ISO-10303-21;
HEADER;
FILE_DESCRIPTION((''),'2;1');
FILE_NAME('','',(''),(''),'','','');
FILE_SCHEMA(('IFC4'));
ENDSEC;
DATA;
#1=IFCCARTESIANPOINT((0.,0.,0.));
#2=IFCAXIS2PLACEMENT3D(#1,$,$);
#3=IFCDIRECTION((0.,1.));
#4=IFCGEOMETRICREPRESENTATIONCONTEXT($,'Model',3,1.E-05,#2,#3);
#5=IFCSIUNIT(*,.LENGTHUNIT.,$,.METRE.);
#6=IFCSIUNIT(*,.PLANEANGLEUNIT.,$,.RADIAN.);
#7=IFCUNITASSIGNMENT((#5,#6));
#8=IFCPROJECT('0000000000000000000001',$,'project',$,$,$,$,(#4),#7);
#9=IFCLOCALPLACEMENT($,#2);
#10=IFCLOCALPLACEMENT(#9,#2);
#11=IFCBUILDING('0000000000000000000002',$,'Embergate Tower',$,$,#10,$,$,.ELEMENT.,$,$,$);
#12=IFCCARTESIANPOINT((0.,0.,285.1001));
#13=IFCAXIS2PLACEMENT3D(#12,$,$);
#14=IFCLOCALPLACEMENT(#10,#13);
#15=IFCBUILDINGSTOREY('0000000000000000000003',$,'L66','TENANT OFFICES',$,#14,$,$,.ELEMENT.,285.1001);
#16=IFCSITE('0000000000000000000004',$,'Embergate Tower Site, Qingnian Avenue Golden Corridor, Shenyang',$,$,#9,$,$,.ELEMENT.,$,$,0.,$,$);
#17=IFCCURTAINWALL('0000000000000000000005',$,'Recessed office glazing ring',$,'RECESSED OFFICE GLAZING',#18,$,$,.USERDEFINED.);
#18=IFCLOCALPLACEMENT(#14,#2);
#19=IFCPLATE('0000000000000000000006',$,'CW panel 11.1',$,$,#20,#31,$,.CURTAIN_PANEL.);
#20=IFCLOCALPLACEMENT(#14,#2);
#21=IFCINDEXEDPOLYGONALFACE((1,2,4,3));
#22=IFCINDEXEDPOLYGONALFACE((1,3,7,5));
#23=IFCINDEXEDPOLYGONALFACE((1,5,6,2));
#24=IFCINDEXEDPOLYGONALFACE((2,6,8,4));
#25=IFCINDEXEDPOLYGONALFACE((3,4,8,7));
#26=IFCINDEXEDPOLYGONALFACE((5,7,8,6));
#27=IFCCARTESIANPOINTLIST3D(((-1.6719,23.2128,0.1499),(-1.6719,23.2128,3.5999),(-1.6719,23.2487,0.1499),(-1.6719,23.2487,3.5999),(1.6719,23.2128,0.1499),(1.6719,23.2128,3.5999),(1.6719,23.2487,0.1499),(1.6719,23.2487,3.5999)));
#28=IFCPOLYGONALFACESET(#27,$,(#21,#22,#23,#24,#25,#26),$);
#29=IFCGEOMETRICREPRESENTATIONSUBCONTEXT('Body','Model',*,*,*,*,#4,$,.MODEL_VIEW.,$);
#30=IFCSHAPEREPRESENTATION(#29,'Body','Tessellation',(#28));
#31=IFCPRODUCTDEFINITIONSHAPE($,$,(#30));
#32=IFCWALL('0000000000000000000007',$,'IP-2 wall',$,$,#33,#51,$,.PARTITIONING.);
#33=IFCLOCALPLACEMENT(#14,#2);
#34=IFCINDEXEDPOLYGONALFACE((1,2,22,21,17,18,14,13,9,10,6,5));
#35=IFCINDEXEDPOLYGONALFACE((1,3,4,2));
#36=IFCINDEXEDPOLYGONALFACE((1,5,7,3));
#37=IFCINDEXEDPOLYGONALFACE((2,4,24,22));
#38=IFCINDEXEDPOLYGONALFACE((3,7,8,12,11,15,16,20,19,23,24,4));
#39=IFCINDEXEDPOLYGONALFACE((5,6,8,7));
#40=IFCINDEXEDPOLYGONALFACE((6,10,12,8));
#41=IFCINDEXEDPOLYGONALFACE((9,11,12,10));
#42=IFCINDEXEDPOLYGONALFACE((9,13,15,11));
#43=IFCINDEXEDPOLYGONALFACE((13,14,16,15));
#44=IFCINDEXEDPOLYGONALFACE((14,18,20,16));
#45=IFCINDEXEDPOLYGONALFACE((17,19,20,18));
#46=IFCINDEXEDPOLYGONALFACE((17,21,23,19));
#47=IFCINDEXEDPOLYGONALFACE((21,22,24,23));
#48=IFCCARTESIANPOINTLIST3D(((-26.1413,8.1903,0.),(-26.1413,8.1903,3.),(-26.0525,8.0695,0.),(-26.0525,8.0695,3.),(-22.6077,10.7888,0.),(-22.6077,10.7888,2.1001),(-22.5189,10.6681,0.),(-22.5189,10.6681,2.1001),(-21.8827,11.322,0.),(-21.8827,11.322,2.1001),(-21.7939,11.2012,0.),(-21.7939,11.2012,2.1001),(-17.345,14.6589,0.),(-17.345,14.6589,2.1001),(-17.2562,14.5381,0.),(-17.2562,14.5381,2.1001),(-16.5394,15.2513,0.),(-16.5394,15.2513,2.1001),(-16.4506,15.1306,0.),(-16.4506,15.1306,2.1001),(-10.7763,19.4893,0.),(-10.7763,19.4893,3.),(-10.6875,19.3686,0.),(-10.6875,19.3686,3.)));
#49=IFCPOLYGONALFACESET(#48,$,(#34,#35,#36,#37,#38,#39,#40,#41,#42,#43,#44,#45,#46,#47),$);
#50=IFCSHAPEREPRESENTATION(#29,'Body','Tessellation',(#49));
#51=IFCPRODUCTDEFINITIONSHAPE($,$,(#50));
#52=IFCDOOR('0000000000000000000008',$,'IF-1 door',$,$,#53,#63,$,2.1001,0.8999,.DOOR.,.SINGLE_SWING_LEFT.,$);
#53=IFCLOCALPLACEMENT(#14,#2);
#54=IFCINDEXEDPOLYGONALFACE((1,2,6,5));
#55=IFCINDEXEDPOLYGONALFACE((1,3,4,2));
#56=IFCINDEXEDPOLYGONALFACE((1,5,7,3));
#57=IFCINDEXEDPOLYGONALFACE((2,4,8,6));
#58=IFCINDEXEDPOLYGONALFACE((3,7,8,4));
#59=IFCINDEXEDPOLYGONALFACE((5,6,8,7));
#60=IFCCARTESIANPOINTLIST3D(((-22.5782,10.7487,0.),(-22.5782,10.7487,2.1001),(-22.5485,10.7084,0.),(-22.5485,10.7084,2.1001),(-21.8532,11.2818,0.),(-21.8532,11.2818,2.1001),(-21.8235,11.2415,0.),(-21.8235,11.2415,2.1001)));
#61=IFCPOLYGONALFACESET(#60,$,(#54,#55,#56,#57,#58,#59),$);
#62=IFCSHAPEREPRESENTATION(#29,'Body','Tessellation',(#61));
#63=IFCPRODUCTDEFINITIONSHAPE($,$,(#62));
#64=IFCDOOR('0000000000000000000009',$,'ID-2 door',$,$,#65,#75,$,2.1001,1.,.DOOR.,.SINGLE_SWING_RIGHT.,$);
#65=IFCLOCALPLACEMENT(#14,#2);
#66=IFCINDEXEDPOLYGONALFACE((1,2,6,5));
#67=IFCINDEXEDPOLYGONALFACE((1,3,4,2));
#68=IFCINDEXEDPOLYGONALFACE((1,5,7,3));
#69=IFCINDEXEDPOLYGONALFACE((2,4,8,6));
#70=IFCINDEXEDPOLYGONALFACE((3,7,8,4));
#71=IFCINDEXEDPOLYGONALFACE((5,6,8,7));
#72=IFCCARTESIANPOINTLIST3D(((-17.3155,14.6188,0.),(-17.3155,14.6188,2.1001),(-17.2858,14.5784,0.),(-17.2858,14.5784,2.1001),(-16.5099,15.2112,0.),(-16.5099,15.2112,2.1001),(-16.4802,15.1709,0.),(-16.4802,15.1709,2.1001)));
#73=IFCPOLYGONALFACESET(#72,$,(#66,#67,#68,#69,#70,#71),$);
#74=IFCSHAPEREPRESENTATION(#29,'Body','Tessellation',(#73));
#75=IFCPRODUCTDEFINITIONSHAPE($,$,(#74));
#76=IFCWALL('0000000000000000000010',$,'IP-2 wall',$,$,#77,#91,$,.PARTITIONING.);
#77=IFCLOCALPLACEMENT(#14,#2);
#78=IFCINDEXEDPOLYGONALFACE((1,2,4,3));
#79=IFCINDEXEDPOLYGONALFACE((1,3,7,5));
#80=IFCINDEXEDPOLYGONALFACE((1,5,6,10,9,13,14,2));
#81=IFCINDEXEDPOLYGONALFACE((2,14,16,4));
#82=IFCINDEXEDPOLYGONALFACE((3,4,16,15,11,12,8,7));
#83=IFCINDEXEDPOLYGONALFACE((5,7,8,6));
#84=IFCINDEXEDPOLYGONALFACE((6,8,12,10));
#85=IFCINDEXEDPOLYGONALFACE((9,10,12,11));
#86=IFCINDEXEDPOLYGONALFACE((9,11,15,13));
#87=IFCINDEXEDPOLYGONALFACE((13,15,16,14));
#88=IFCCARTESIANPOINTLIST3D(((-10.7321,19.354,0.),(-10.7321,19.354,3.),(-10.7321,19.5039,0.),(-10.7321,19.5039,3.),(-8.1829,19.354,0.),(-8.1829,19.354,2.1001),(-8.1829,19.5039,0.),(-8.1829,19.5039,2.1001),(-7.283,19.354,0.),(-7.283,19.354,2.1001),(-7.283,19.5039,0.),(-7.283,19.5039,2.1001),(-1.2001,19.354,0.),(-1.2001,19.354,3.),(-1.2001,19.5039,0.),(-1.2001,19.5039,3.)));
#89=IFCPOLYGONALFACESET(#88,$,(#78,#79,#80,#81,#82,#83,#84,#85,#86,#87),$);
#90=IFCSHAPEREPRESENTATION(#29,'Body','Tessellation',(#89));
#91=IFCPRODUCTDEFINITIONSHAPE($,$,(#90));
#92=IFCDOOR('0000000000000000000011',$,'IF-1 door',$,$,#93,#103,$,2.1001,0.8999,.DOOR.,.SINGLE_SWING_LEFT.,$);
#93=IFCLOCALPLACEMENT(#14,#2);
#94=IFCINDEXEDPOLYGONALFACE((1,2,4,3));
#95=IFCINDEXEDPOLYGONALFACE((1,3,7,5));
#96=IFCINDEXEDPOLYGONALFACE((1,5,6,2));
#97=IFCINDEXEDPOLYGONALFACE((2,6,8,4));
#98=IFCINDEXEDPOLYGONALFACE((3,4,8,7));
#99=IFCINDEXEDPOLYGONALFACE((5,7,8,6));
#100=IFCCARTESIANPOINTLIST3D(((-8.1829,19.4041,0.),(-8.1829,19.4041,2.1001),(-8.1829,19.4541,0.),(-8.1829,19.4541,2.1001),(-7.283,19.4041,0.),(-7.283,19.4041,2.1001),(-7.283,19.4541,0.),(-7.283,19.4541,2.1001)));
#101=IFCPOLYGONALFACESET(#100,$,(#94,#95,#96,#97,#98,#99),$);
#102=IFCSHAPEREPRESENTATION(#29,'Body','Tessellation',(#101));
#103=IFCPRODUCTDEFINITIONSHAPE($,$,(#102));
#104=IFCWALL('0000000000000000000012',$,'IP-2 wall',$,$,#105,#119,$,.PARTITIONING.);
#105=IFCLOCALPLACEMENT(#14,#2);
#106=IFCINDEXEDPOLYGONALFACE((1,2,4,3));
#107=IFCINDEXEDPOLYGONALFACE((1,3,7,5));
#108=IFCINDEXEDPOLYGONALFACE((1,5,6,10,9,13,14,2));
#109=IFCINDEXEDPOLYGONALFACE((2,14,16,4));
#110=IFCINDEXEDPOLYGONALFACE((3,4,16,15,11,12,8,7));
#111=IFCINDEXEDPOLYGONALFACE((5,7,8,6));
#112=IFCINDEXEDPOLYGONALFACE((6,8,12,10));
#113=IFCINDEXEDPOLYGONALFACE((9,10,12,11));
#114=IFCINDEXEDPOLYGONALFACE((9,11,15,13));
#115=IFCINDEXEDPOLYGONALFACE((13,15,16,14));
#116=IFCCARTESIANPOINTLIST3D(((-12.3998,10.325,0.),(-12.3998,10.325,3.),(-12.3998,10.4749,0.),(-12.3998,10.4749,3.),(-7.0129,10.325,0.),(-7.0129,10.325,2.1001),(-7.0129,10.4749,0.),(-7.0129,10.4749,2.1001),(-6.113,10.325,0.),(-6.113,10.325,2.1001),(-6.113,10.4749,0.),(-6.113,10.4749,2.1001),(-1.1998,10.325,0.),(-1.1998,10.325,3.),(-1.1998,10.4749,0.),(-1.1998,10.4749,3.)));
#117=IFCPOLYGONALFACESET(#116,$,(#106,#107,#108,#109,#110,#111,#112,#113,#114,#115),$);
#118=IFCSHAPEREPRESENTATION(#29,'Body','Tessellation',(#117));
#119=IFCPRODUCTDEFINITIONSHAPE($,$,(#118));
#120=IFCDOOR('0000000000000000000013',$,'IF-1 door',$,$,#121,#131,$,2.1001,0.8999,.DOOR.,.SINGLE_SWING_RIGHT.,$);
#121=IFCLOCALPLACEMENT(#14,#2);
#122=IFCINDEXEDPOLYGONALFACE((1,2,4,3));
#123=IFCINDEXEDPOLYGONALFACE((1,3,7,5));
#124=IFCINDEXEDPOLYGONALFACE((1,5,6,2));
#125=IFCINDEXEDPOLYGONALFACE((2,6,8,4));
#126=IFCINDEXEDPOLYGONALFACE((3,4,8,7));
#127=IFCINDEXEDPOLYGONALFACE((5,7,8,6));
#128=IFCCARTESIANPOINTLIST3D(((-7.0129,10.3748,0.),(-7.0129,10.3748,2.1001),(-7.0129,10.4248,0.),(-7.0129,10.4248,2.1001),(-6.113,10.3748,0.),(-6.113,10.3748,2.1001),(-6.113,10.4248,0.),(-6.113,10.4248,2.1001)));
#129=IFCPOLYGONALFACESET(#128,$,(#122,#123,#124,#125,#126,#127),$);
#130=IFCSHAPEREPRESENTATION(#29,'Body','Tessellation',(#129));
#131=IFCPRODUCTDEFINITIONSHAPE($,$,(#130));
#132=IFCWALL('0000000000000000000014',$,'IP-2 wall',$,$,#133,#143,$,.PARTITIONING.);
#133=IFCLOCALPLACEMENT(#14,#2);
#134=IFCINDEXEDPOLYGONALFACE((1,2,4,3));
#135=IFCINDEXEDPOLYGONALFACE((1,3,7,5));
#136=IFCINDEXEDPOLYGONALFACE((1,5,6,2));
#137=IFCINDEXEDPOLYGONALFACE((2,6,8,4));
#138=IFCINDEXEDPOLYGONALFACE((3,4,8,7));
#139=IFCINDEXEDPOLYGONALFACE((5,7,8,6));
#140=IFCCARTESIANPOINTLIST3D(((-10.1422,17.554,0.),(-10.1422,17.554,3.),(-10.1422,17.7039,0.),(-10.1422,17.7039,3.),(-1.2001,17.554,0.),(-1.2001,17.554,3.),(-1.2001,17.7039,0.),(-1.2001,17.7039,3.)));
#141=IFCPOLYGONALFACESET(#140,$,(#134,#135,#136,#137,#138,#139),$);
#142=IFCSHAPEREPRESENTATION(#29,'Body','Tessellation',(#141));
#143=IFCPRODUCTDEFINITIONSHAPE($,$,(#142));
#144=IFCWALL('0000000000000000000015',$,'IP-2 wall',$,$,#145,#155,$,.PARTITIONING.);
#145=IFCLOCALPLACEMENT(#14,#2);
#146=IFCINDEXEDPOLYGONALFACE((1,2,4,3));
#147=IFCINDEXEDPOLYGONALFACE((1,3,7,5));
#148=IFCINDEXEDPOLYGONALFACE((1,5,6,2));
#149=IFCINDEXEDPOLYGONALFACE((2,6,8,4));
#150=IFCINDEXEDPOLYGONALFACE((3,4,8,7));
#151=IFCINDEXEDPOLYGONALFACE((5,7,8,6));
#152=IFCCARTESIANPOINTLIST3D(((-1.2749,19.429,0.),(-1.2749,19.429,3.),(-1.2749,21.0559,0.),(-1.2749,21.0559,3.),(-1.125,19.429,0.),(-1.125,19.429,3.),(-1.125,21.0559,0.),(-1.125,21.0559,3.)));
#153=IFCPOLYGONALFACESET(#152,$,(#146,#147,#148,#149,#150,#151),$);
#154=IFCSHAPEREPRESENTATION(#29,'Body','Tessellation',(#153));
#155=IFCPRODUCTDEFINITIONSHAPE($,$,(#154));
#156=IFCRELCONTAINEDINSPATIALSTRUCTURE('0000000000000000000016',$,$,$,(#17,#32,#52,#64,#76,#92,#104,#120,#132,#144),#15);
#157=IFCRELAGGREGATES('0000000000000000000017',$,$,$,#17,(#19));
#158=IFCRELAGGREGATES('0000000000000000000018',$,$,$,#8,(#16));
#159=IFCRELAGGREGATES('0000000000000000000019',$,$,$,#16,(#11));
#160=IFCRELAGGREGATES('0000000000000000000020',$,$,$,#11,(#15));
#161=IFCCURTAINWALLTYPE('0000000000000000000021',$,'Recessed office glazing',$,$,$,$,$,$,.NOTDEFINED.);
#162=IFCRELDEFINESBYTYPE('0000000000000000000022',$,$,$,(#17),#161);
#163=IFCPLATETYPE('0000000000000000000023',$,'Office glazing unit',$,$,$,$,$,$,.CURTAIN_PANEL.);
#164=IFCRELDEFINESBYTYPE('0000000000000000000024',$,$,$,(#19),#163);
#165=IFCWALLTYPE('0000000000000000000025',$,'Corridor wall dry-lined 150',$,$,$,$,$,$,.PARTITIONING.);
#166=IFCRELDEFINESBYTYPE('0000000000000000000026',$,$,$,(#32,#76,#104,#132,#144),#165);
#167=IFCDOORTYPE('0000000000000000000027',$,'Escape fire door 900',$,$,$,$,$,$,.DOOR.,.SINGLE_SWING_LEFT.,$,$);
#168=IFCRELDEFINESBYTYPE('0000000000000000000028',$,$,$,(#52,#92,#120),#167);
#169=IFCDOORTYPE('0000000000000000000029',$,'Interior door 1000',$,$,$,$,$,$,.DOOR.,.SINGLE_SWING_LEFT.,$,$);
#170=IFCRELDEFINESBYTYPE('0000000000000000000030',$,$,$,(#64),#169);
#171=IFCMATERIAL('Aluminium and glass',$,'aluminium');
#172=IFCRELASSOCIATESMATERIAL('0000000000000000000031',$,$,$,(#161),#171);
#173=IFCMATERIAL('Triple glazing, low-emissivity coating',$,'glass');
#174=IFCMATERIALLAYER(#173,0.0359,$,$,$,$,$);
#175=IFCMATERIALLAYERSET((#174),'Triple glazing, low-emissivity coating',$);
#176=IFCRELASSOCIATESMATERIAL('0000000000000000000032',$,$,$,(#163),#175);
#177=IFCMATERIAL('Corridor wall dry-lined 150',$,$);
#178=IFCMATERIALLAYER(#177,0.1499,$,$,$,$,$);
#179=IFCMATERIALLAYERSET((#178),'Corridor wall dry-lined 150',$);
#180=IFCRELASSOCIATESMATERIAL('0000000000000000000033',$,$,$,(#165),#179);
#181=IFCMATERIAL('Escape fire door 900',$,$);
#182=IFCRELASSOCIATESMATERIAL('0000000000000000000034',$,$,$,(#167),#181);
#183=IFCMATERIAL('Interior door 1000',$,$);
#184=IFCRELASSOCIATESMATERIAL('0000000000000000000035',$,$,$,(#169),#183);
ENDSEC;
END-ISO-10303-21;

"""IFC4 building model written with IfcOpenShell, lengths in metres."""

from ifc_helpers import new_model, si_unit, direction, frame, frame_2d, origin, origin_2d, place, context, subcontext, project, spatial, rectangle, extrude, source, transform, mapped, material, layer, layer_set, type_object, element, fill, aggregate, save


model = new_model("IFC4")

# Units and contexts
model_context = context("Model", 3, precision=1e-05, world=origin(), true_north=direction((0.0, 1.0)))
body_context = subcontext(model_context, "Body", "Model", "MODEL_VIEW")
ifc_project = project(units=[si_unit("LENGTHUNIT", "METRE"), si_unit("PLANEANGLEUNIT", "RADIAN")], contexts=[model_context])

# Site, building, storey
site_placement = place(None, origin())
site = spatial("IfcSite", under=ifc_project, at=site_placement, Name="Embergate Tower Site, Qingnian Avenue Golden Corridor, Shenyang", CompositionType="ELEMENT", RefElevation=0.0)
building_placement = place(site_placement, origin())
building = spatial("IfcBuilding", under=site, at=building_placement, Name="Embergate Tower", CompositionType="ELEMENT")
storey_placement = place(building_placement, frame((0.0, 0.0, 285.1001)))
storey = spatial("IfcBuildingStorey", under=building, at=storey_placement, Name="L66", Description="TENANT OFFICES", CompositionType="ELEMENT", Elevation=285.1001)

# Curtain wall, plate
ifc_material_1 = material(Name="Aluminium and glass", Category="aluminium")
curtain_wall_type = type_object("IfcCurtainWallType", Name="Recessed office glazing", PredefinedType="NOTDEFINED", material=ifc_material_1)
curtain_wall_placement = place(storey_placement, origin())
curtain_wall = element("IfcCurtainWall", 1, at=curtain_wall_placement, inside=storey, type_object=curtain_wall_type, Name="Recessed office glazing ring", ObjectType="RECESSED OFFICE GLAZING", PredefinedType="USERDEFINED")
ifc_material_2 = material(Name="Triple glazing, low-emissivity coating", Category="glass")
ifc_layer_1 = layer(ifc_material_2, 0.0359)
ifc_layer_set_1 = layer_set([ifc_layer_1], Name="Triple glazing, low-emissivity coating")
plate_type = type_object("IfcPlateType", Name="Office glazing unit", PredefinedType="CURTAIN_PANEL", material=ifc_layer_set_1)
shared_shape_1 = source(origin(), body_context, "Body", "SweptSolid", [
    extrude(rectangle(XDim=3.3438, YDim=0.0359, at=origin_2d()), origin(), (0.0, 0.0, 1.0), 3.45),
])
plate_1_placement = place(storey_placement, frame((0.0, 23.2307, 0.1499), z_axis=(0.0, 0.0, 1.0), x_axis=(-1.0, 0.0, 0.0)))
plate_1 = element("IfcPlate", 2, at=plate_1_placement, type_object=plate_type, Name="CW panel 11.1", PredefinedType="CURTAIN_PANEL", context=body_context, shape_type="MappedRepresentation", body=[
    mapped(shared_shape_1, transform((0.0, 0.0, 0.0))),
])
aggregate(curtain_wall, [plate_1])

# Wall, openings, doors
ifc_material_3 = material(Name="Corridor wall dry-lined 150")
ifc_layer_2 = layer(ifc_material_3, 0.1499)
ifc_layer_set_2 = layer_set([ifc_layer_2], Name="Corridor wall dry-lined 150")
wall_type_1 = type_object("IfcWallType", Name="Corridor wall dry-lined 150", PredefinedType="PARTITIONING", material=ifc_layer_set_2)
shared_shape_2 = source(origin(), body_context, "Body", "SweptSolid", [
    extrude(rectangle(XDim=19.0723, YDim=0.1499, at=frame_2d((9.5361, 0.0))), origin(), (0.0, 0.0, 1.0), 3.0),
])
wall_1_placement = place(storey_placement, frame((-10.7319, 19.429, 0.0), z_axis=(0.0, 0.0, 1.0), x_axis=(-0.805619, -0.592434, 0.0)))
wall_1 = element("IfcWall", 3, at=wall_1_placement, inside=storey, type_object=wall_type_1, Name="IP-2 wall", PredefinedType="PARTITIONING", context=body_context, shape_type="MappedRepresentation", body=[
    mapped(shared_shape_2, transform((0.0, 0.0, 0.0))),
])
shared_shape_3 = source(origin(), body_context, "Body", "SweptSolid", [
    extrude(rectangle(XDim=1.0, YDim=2.1001, at=frame_2d((0.5, 1.05))), frame((0.0, 0.085, 0.0), z_axis=(0.0, -1.0, 0.0), x_axis=(1.0, 0.0, 0.0)), (0.0, 0.0, 1.0), 0.1699),
])
opening_1_placement = place(wall_1_placement, frame((7.1536, 0.0, 0.0)))
opening_1 = element("IfcOpeningElement", 4, at=opening_1_placement, cuts=wall_1, PredefinedType="OPENING", context=body_context, shape_type="MappedRepresentation", body=[
    mapped(shared_shape_3, transform((0.0, 0.0, 0.0))),
])
shared_shape_4 = source(origin(), body_context, "Body", "SweptSolid", [
    extrude(rectangle(XDim=0.8999, YDim=2.1001, at=frame_2d((0.45, 1.05))), frame((0.0, 0.085, 0.0), z_axis=(0.0, -1.0, 0.0), x_axis=(1.0, 0.0, 0.0)), (0.0, 0.0, 1.0), 0.1699),
])
opening_2_placement = place(wall_1_placement, frame((13.7861, 0.0, 0.0)))
opening_2 = element("IfcOpeningElement", 5, at=opening_2_placement, cuts=wall_1, PredefinedType="OPENING", context=body_context, shape_type="MappedRepresentation", body=[
    mapped(shared_shape_4, transform((0.0, 0.0, 0.0))),
])
ifc_material_4 = material(Name="Escape fire door 900")
door_type_1 = type_object("IfcDoorType", Name="Escape fire door 900", OperationType="SINGLE_SWING_LEFT", PredefinedType="DOOR", material=ifc_material_4)
shared_shape_5 = source(origin(), body_context, "Body", "SweptSolid", [
    extrude(rectangle(XDim=0.8999, YDim=2.1001, at=frame_2d((0.45, 1.05))), frame((0.0, 0.0249, 0.0), z_axis=(0.0, -1.0, 0.0), x_axis=(1.0, 0.0, 0.0)), (0.0, 0.0, 1.0), 0.05),
])
door_1_placement = place(opening_2_placement, origin())
door_1 = element("IfcDoor", 6, at=door_1_placement, inside=storey, type_object=door_type_1, Name="IF-1 door", OperationType="SINGLE_SWING_LEFT", OverallHeight=2.1001, OverallWidth=0.8999, PredefinedType="DOOR", context=body_context, shape_type="MappedRepresentation", body=[
    mapped(shared_shape_5, transform((0.0, 0.0, 0.0))),
])
fill(opening_2, door_1)
ifc_material_5 = material(Name="Interior door 1000")
door_type_2 = type_object("IfcDoorType", Name="Interior door 1000", OperationType="SINGLE_SWING_LEFT", PredefinedType="DOOR", material=ifc_material_5)
shared_shape_6 = source(origin(), body_context, "Body", "SweptSolid", [
    extrude(rectangle(XDim=1.0, YDim=2.1001, at=frame_2d((0.5, 1.05))), frame((0.0, 0.0249, 0.0), z_axis=(0.0, -1.0, 0.0), x_axis=(1.0, 0.0, 0.0)), (0.0, 0.0, 1.0), 0.05),
])
door_2_placement = place(opening_1_placement, origin())
door_2 = element("IfcDoor", 7, at=door_2_placement, inside=storey, type_object=door_type_2, Name="ID-2 door", OperationType="SINGLE_SWING_RIGHT", OverallHeight=2.1001, OverallWidth=1.0, PredefinedType="DOOR", context=body_context, shape_type="MappedRepresentation", body=[
    mapped(shared_shape_6, transform((0.0, 0.0, 0.0))),
])
fill(opening_1, door_2)

# Walls, openings, doors
shared_shape_7 = source(origin(), body_context, "Body", "SweptSolid", [
    extrude(rectangle(XDim=9.532, YDim=0.1499, at=frame_2d((4.7661, 0.0))), origin(), (0.0, 0.0, 1.0), 3.0),
])
wall_2_placement = place(storey_placement, frame((-1.2, 19.429, 0.0), z_axis=(0.0, 0.0, 1.0), x_axis=(-1.0, 0.0, 0.0)))
wall_2 = element("IfcWall", 8, at=wall_2_placement, inside=storey, type_object=wall_type_1, Name="IP-2 wall", PredefinedType="PARTITIONING", context=body_context, shape_type="MappedRepresentation", body=[
    mapped(shared_shape_7, transform((0.0, 0.0, 0.0))),
])
opening_3_placement = place(wall_2_placement, frame((6.083, 0.0, 0.0)))
opening_3 = element("IfcOpeningElement", 9, at=opening_3_placement, cuts=wall_2, PredefinedType="OPENING", context=body_context, shape_type="MappedRepresentation", body=[
    mapped(shared_shape_4, transform((0.0, 0.0, 0.0))),
])
door_3_placement = place(opening_3_placement, origin())
door_3 = element("IfcDoor", 10, at=door_3_placement, inside=storey, type_object=door_type_1, Name="IF-1 door", OperationType="SINGLE_SWING_LEFT", OverallHeight=2.1001, OverallWidth=0.8999, PredefinedType="DOOR", context=body_context, shape_type="MappedRepresentation", body=[
    mapped(shared_shape_5, transform((0.0, 0.0, 0.0))),
])
fill(opening_3, door_3)
shared_shape_8 = source(origin(), body_context, "Body", "SweptSolid", [
    extrude(rectangle(XDim=11.2, YDim=0.1499, at=frame_2d((5.6001, 0.0))), origin(), (0.0, 0.0, 1.0), 3.0),
])
wall_3_placement = place(storey_placement, frame((-12.3999, 10.3999, 0.0), z_axis=(0.0, 0.0, 1.0), x_axis=(1.0, 0.0, 0.0)))
wall_3 = element("IfcWall", 11, at=wall_3_placement, inside=storey, type_object=wall_type_1, Name="IP-2 wall", PredefinedType="PARTITIONING", context=body_context, shape_type="MappedRepresentation", body=[
    mapped(shared_shape_8, transform((0.0, 0.0, 0.0))),
])
opening_4_placement = place(wall_3_placement, frame((5.387, 0.0, 0.0)))
opening_4 = element("IfcOpeningElement", 12, at=opening_4_placement, cuts=wall_3, PredefinedType="OPENING", context=body_context, shape_type="MappedRepresentation", body=[
    mapped(shared_shape_4, transform((0.0, 0.0, 0.0))),
])
door_4_placement = place(opening_4_placement, origin())
door_4 = element("IfcDoor", 13, at=door_4_placement, inside=storey, type_object=door_type_1, Name="IF-1 door", OperationType="SINGLE_SWING_RIGHT", OverallHeight=2.1001, OverallWidth=0.8999, PredefinedType="DOOR", context=body_context, shape_type="MappedRepresentation", body=[
    mapped(shared_shape_5, transform((0.0, 0.0, 0.0))),
])
fill(opening_4, door_4)

# Walls
shared_shape_9 = source(origin(), body_context, "Body", "SweptSolid", [
    extrude(rectangle(XDim=8.9421, YDim=0.1499, at=frame_2d((4.4712, 0.0))), origin(), (0.0, 0.0, 1.0), 3.0),
])
wall_4_placement = place(storey_placement, frame((-1.2, 17.6289, 0.0), z_axis=(0.0, 0.0, 1.0), x_axis=(-1.0, 0.0, 0.0)))
element("IfcWall", 14, at=wall_4_placement, inside=storey, type_object=wall_type_1, Name="IP-2 wall", PredefinedType="PARTITIONING", context=body_context, shape_type="MappedRepresentation", body=[
    mapped(shared_shape_9, transform((0.0, 0.0, 0.0))),
])
shared_shape_10 = source(origin(), body_context, "Body", "SweptSolid", [
    extrude(rectangle(XDim=1.627, YDim=0.1499, at=frame_2d((0.8135, 0.0))), origin(), (0.0, 0.0, 1.0), 3.0),
])
wall_5_placement = place(storey_placement, frame((-1.2, 21.0559, 0.0), z_axis=(0.0, 0.0, 1.0), x_axis=(0.0, -1.0, 0.0)))
element("IfcWall", 15, at=wall_5_placement, inside=storey, type_object=wall_type_1, Name="IP-2 wall", PredefinedType="PARTITIONING", context=body_context, shape_type="MappedRepresentation", body=[
    mapped(shared_shape_10, transform((0.0, 0.0, 0.0))),
])

save(model, "model.ifc")
